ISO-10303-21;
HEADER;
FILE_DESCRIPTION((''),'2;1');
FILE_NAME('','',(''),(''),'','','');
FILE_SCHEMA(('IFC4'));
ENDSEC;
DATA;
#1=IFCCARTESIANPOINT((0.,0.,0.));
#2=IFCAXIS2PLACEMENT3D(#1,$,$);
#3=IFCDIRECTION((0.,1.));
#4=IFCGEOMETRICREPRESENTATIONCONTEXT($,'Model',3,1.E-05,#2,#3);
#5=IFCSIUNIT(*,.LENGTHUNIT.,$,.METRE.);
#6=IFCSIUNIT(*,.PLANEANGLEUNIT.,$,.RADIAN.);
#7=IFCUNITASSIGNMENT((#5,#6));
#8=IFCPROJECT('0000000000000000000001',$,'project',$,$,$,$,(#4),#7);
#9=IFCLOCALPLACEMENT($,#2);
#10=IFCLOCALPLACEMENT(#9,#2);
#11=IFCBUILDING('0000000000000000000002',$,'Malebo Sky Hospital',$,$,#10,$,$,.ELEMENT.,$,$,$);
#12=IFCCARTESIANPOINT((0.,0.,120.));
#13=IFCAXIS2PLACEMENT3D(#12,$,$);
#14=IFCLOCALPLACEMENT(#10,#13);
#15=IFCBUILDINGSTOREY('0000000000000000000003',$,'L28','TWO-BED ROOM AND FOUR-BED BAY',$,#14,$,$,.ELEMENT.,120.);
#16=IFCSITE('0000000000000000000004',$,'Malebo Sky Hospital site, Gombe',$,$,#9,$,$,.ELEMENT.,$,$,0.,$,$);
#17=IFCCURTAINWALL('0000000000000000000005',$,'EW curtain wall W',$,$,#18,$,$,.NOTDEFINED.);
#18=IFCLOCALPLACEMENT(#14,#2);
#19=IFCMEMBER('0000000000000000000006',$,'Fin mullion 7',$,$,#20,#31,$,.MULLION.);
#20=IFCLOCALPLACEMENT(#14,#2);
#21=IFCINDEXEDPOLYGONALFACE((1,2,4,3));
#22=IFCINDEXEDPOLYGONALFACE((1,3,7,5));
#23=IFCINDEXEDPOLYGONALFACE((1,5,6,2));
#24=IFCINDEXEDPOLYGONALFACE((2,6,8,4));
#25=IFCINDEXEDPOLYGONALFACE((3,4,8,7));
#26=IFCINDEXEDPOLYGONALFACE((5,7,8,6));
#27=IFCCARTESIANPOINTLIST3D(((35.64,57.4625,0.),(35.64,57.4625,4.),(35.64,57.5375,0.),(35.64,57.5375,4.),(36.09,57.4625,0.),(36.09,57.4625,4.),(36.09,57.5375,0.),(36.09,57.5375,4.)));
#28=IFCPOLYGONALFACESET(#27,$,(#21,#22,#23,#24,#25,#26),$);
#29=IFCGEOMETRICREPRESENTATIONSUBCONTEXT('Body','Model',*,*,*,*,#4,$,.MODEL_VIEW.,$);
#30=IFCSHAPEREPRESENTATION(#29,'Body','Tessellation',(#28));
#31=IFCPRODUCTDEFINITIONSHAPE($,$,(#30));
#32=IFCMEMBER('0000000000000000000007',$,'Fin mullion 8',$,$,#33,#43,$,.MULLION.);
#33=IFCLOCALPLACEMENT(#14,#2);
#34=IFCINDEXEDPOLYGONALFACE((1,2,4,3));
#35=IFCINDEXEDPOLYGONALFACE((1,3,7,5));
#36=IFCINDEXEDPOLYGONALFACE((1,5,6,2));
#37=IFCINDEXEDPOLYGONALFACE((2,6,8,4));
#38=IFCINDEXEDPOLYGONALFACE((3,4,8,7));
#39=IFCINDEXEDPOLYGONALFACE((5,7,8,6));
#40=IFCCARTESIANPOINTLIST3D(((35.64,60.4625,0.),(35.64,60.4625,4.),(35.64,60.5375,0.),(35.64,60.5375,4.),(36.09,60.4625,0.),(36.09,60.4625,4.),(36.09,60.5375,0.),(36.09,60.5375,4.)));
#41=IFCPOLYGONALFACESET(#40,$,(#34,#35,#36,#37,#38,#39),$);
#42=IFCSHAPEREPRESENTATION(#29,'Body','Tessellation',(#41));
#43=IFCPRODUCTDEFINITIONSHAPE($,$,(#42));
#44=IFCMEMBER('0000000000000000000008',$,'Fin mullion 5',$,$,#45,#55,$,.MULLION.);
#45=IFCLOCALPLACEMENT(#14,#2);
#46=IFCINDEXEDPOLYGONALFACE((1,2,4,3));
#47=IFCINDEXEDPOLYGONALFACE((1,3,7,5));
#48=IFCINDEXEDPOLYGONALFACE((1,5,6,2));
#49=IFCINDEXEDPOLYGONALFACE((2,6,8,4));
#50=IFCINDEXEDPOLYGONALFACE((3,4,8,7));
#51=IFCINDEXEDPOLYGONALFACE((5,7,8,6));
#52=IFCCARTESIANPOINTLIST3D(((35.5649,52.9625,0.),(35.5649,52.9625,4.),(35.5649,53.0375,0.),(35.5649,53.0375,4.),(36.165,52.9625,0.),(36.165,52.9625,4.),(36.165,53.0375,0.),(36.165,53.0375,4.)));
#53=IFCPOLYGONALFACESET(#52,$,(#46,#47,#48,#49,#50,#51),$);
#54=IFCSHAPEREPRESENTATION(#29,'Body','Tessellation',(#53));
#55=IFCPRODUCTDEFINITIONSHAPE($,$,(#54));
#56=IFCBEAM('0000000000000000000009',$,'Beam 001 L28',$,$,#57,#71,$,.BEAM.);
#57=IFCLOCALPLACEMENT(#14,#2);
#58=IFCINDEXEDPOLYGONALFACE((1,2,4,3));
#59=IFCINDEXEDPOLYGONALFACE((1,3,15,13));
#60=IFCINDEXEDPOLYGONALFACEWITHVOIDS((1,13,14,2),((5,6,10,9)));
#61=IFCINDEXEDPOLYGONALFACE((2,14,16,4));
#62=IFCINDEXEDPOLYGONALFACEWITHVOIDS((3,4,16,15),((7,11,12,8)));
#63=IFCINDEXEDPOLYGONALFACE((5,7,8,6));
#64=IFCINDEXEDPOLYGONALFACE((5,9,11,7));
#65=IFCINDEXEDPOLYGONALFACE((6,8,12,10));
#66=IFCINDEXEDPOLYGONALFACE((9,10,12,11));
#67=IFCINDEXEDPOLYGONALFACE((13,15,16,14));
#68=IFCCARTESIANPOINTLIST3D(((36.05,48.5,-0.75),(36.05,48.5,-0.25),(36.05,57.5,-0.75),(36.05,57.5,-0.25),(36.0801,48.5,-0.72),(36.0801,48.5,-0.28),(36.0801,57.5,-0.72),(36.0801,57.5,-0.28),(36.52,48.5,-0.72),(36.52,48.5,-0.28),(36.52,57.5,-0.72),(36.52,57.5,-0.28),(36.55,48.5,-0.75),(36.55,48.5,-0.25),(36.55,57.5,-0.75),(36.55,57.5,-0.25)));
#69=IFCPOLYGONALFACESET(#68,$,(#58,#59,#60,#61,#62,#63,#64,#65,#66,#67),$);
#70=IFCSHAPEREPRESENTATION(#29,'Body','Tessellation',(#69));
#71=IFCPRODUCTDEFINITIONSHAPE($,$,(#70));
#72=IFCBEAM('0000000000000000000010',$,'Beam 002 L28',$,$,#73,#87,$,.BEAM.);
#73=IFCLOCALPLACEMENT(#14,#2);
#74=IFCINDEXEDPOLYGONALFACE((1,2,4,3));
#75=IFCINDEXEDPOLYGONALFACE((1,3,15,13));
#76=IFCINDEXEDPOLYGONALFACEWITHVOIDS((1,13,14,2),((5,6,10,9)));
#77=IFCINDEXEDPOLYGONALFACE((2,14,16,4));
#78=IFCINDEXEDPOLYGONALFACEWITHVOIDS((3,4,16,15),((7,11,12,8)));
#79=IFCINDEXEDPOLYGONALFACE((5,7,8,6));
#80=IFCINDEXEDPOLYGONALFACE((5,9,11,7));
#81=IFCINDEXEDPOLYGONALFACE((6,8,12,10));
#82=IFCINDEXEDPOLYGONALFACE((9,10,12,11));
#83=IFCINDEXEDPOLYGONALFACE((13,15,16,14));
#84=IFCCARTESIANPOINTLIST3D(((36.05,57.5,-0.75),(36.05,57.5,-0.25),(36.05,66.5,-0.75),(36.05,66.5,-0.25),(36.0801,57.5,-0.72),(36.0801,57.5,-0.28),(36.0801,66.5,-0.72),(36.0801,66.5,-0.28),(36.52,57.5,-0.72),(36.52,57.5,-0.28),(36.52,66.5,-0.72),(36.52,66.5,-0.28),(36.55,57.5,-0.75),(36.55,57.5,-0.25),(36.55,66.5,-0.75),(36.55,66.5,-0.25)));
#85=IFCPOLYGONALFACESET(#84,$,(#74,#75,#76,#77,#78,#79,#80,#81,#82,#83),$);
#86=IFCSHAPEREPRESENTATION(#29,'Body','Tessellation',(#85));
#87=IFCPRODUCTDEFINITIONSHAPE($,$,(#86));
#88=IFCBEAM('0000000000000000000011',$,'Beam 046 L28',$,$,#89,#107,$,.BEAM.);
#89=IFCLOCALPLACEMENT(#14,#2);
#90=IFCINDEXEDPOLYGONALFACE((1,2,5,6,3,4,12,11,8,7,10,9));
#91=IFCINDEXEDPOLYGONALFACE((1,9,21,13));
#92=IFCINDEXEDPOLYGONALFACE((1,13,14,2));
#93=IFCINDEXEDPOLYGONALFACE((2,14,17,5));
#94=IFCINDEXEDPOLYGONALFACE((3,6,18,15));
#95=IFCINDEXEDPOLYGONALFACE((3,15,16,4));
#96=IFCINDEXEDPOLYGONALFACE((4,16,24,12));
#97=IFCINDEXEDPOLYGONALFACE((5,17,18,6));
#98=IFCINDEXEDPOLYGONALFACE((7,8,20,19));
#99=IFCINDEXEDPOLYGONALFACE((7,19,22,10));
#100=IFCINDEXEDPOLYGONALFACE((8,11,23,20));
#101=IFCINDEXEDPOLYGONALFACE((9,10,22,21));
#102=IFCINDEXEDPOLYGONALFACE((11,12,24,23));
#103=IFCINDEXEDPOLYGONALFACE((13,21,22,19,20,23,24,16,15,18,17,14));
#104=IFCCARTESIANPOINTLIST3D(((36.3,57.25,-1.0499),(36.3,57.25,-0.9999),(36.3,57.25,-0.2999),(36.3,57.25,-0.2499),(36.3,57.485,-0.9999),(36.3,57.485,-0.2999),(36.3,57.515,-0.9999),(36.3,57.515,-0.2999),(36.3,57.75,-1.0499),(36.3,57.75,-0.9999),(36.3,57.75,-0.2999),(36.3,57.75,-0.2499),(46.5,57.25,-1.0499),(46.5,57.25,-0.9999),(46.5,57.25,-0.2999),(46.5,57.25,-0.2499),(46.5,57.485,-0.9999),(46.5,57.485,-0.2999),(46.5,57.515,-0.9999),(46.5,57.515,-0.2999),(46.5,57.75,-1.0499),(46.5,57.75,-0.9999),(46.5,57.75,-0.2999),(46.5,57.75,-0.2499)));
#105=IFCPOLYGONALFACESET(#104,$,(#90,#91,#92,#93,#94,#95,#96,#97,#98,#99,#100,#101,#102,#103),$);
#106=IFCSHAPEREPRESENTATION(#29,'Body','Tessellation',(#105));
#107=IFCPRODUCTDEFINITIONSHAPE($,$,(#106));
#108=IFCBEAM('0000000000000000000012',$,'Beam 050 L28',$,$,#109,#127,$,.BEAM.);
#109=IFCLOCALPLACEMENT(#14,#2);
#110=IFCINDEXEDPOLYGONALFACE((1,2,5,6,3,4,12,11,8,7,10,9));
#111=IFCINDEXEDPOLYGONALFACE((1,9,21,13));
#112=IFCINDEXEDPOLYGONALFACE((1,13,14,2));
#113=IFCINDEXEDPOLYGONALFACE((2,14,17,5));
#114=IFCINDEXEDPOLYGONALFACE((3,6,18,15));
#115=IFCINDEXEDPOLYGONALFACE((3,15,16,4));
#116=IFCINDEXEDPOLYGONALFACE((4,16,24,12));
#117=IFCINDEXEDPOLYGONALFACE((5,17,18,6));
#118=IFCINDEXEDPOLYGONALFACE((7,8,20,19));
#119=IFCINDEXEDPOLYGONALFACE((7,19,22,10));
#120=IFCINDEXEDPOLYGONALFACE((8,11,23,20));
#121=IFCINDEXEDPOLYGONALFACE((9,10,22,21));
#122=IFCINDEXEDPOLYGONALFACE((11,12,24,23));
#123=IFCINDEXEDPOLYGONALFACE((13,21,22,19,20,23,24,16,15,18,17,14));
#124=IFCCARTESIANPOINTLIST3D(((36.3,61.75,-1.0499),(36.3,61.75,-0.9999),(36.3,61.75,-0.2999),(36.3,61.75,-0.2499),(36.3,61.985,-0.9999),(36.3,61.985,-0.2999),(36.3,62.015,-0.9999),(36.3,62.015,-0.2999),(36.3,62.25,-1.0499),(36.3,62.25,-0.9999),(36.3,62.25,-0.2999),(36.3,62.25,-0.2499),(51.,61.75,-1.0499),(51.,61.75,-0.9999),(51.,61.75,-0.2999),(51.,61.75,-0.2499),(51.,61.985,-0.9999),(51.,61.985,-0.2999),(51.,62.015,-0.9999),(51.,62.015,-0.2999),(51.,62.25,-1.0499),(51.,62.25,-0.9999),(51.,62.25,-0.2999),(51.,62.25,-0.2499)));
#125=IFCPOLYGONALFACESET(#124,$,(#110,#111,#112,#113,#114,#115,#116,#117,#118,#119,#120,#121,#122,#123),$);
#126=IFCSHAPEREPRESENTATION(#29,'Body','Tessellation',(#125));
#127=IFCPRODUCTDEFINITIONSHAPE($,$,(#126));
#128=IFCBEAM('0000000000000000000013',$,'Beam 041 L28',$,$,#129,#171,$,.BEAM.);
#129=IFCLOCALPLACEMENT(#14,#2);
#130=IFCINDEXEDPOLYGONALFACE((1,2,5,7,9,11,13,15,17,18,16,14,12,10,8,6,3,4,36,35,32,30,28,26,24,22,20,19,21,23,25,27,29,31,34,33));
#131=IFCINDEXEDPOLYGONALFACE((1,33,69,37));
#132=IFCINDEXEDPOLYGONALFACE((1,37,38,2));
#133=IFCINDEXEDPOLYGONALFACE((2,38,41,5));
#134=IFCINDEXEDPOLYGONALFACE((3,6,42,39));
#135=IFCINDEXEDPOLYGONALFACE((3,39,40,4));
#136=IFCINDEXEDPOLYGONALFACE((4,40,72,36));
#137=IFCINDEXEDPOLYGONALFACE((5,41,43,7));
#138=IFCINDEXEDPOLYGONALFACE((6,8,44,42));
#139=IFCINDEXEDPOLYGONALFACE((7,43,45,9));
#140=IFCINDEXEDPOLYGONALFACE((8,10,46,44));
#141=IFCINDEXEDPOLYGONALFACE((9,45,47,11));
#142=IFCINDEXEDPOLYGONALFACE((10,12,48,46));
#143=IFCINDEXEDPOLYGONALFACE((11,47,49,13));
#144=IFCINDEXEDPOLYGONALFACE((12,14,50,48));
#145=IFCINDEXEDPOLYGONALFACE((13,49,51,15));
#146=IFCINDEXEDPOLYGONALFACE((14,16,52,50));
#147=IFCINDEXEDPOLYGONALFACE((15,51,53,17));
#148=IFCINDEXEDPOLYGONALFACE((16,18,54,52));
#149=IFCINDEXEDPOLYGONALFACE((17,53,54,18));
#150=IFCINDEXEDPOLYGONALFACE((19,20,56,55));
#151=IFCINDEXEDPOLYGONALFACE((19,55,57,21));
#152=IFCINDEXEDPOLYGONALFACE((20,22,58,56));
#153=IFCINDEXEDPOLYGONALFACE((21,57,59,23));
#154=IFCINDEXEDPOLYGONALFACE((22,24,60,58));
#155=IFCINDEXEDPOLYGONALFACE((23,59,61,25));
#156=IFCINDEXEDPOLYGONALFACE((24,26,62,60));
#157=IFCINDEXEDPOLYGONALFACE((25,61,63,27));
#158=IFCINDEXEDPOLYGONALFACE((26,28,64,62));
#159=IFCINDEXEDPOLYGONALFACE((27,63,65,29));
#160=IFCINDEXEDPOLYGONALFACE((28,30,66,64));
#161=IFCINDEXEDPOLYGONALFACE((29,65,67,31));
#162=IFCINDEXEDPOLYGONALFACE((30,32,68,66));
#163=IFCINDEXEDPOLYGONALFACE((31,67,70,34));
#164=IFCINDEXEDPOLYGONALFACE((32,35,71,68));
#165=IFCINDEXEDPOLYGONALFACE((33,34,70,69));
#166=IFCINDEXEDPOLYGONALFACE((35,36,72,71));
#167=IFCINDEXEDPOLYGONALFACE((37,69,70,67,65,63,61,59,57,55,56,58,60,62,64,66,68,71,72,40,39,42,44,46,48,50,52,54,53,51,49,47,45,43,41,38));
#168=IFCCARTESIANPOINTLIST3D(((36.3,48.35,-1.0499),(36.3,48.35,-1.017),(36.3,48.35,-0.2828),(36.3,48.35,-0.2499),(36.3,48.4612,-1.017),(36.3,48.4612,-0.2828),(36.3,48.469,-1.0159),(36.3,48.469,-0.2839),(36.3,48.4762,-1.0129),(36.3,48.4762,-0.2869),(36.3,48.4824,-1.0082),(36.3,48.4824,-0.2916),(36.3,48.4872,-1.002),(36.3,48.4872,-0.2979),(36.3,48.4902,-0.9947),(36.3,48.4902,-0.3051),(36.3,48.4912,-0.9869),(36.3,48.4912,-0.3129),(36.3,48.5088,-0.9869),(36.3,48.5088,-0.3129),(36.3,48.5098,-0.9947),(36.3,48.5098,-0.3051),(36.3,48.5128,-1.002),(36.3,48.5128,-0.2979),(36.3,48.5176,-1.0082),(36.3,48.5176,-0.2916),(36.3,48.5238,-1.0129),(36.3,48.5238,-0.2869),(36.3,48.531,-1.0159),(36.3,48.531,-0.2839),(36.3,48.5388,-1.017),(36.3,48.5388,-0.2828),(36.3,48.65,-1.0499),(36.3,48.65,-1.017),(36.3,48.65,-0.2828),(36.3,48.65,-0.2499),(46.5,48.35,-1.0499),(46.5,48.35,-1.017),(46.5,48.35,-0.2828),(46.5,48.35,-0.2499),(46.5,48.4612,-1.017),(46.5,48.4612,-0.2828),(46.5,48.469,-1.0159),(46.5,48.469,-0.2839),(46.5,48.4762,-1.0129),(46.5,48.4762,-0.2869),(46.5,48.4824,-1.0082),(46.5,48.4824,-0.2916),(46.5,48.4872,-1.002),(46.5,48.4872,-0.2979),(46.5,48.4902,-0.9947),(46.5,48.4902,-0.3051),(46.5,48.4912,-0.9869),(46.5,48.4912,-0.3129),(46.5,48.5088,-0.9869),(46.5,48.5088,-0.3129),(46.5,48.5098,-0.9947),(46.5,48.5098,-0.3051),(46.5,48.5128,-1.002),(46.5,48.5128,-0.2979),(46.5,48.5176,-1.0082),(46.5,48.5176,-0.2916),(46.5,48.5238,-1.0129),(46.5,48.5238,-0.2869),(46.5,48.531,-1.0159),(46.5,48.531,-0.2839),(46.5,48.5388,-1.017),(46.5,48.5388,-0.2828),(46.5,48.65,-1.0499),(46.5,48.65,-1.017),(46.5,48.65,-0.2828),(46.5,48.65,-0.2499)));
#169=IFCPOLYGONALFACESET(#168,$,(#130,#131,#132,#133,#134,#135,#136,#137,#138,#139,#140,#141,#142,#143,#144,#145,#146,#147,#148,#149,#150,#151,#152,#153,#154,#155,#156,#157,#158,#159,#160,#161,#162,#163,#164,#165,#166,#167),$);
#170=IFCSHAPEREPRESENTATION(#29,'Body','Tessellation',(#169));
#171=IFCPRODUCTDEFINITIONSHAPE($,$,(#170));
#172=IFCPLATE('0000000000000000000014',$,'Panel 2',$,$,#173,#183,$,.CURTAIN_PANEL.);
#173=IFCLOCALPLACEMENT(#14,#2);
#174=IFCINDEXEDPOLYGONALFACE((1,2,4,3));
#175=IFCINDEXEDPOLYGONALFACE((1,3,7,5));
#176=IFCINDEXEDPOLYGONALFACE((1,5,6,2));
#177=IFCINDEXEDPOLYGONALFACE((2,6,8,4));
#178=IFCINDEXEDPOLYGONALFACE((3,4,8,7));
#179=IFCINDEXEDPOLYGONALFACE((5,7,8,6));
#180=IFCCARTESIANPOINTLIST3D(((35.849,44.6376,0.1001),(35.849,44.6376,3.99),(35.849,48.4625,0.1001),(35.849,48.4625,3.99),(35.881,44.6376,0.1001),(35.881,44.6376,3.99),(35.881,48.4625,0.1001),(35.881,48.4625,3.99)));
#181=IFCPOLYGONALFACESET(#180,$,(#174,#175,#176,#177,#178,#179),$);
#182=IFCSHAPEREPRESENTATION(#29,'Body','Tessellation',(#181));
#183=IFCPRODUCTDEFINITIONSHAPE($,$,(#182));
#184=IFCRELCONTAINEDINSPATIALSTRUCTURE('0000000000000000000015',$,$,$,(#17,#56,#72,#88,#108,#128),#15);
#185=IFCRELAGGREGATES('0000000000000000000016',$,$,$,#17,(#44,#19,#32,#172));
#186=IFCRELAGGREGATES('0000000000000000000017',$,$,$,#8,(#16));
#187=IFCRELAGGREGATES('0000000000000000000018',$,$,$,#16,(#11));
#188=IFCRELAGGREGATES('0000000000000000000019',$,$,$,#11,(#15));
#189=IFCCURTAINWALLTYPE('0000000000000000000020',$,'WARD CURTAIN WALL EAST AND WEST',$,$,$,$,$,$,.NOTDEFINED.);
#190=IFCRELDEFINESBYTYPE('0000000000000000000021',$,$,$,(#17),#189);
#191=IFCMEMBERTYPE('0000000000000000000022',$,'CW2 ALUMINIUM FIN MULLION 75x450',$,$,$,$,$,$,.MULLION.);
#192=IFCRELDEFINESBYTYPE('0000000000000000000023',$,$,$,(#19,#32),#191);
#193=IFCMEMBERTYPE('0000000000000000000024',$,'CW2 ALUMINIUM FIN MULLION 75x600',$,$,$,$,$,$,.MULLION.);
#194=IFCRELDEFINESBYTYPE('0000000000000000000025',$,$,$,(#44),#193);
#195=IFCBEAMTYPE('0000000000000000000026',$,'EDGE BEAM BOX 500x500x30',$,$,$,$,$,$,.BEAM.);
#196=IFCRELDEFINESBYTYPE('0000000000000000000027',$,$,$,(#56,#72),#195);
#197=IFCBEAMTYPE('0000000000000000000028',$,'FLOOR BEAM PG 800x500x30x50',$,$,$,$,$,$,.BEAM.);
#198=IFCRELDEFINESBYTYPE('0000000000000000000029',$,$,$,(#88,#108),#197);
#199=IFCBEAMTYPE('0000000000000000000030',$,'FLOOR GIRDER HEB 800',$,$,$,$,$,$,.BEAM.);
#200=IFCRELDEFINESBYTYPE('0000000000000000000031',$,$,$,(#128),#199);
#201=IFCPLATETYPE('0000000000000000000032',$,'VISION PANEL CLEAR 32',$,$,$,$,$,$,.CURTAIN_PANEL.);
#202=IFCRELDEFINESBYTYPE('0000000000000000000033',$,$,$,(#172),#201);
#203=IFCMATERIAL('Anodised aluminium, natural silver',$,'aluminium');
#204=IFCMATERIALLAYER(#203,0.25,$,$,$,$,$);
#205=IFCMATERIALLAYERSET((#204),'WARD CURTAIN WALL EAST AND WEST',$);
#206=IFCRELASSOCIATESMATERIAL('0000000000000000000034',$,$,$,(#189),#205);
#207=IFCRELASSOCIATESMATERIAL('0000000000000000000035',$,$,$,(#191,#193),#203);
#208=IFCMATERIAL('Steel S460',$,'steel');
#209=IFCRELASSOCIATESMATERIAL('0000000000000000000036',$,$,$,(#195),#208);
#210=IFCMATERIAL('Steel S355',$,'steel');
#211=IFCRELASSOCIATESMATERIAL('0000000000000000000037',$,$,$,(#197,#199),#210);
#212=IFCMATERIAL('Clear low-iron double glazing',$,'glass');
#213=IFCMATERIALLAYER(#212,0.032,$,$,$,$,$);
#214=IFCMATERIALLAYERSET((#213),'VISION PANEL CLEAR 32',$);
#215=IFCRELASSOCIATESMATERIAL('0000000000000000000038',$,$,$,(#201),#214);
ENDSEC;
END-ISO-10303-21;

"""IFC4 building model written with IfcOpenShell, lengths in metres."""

from ifc_helpers import new_model, si_unit, direction, frame, origin, origin_2d, place, context, subcontext, project, spatial, rectangle, hollow_rectangle, i_section, extrude, material, layer, layer_set, material_profile, profile_set, type_object, element, aggregate, save


model = new_model("IFC4")

# Units and contexts
model_context = context("Model", 3, precision=1e-05, world=origin(), true_north=direction((0.0, 1.0)))
body_context = subcontext(model_context, "Body", "Model", "MODEL_VIEW")
ifc_project = project(units=[si_unit("LENGTHUNIT", "METRE"), si_unit("PLANEANGLEUNIT", "RADIAN")], contexts=[model_context])

# Site, building, storey
site_placement = place(None, origin())
site = spatial("IfcSite", under=ifc_project, at=site_placement, Name="Malebo Sky Hospital site, Gombe", CompositionType="ELEMENT", RefElevation=0.0)
building_placement = place(site_placement, origin())
building = spatial("IfcBuilding", under=site, at=building_placement, Name="Malebo Sky Hospital", CompositionType="ELEMENT")
storey_placement = place(building_placement, frame((0.0, 0.0, 120.0)))
storey = spatial("IfcBuildingStorey", under=building, at=storey_placement, Name="L28", Description="TWO-BED ROOM AND FOUR-BED BAY", CompositionType="ELEMENT", Elevation=120.0)

# Shared definitions
ifc_material_1 = material(Name="Steel S460", Category="steel")

# Curtain wall
ifc_material_2 = material(Name="Anodised aluminium, natural silver", Category="aluminium")
ifc_layer_1 = layer(ifc_material_2, 0.25)
ifc_layer_set_1 = layer_set([ifc_layer_1], Name="WARD CURTAIN WALL EAST AND WEST")
curtain_wall_type = type_object("IfcCurtainWallType", Name="WARD CURTAIN WALL EAST AND WEST", PredefinedType="NOTDEFINED", material=ifc_layer_set_1)
curtain_wall_placement = place(storey_placement, origin())
curtain_wall = element("IfcCurtainWall", 1, at=curtain_wall_placement, inside=storey, type_object=curtain_wall_type, Name="EW curtain wall W", PredefinedType="NOTDEFINED")

# Members
ifc_material_3 = material(Name="Steel S355", Category="steel")
ifc_material_profile_1 = material_profile(ifc_material_2, rectangle(XDim=0.075, YDim=0.45, at=origin_2d()), Name="CW2 ALUMINIUM FIN MULLION 75x450")
ifc_profile_set_1 = profile_set([ifc_material_profile_1], Name="Anodised aluminium, natural silver")
member_type_1 = type_object("IfcMemberType", Name="CW2 ALUMINIUM FIN MULLION 75x450", PredefinedType="MULLION", material=ifc_profile_set_1)
member_1_placement = place(storey_placement, frame((35.865, 57.5, 0.0), z_axis=(0.0, 0.0, 1.0), x_axis=(0.0, 1.0, 0.0)))
member_1 = element("IfcMember", 2, at=member_1_placement, type_object=member_type_1, Name="Fin mullion 7", PredefinedType="MULLION", context=body_context, shape_type="SweptSolid", body=[
    extrude(rectangle(XDim=0.075, YDim=0.45, at=origin_2d()), origin(), (0.0, 0.0, 1.0), 4.0),
])
member_2_placement = place(storey_placement, frame((35.865, 60.5, 0.0), z_axis=(0.0, 0.0, 1.0), x_axis=(0.0, 1.0, 0.0)))
member_2 = element("IfcMember", 3, at=member_2_placement, type_object=member_type_1, Name="Fin mullion 8", PredefinedType="MULLION", context=body_context, shape_type="SweptSolid", body=[
    extrude(rectangle(XDim=0.075, YDim=0.45, at=origin_2d()), origin(), (0.0, 0.0, 1.0), 4.0),
])
ifc_material_profile_2 = material_profile(ifc_material_2, rectangle(XDim=0.075, YDim=0.6001, at=origin_2d()), Name="CW2 ALUMINIUM FIN MULLION 75x600")
ifc_profile_set_2 = profile_set([ifc_material_profile_2], Name="Anodised aluminium, natural silver")
member_type_2 = type_object("IfcMemberType", Name="CW2 ALUMINIUM FIN MULLION 75x600", PredefinedType="MULLION", material=ifc_profile_set_2)
member_3_placement = place(storey_placement, frame((35.865, 53.0, 0.0), z_axis=(0.0, 0.0, 1.0), x_axis=(0.0, 1.0, 0.0)))
member_3 = element("IfcMember", 4, at=member_3_placement, type_object=member_type_2, Name="Fin mullion 5", PredefinedType="MULLION", context=body_context, shape_type="SweptSolid", body=[
    extrude(rectangle(XDim=0.075, YDim=0.6001, at=origin_2d()), origin(), (0.0, 0.0, 1.0), 4.0),
])

# Beams
ifc_material_profile_3 = material_profile(ifc_material_1, hollow_rectangle(XDim=0.5, YDim=0.5, WallThickness=0.03, at=origin_2d()), Name="BOX 500x500x30")
ifc_profile_set_3 = profile_set([ifc_material_profile_3], Name="Steel S460")
beam_type_1 = type_object("IfcBeamType", Name="EDGE BEAM BOX 500x500x30", PredefinedType="BEAM", material=ifc_profile_set_3)
for number, where, z_axis, x_axis, name in (
    (5, (36.3, 48.5, -0.5), (0.0, 1.0, 0.0), (-1.0, 0.0, 0.0), "Beam 001 L28"),
    (6, (36.3, 57.5, -0.5), (0.0, 1.0, 0.0), (-1.0, 0.0, 0.0), "Beam 002 L28"),
):
    element("IfcBeam", number, at=place(storey_placement, frame(where, z_axis=z_axis, x_axis=x_axis)), inside=storey, type_object=beam_type_1, Name=name, PredefinedType="BEAM", context=body_context, shape_type="SweptSolid", body=[
        extrude(hollow_rectangle(XDim=0.5, YDim=0.5, WallThickness=0.03, at=origin_2d()), origin(), (0.0, 0.0, 1.0), 9.0),
    ])
ifc_material_profile_4 = material_profile(ifc_material_3, i_section(OverallWidth=0.5, OverallDepth=0.8, WebThickness=0.03, FlangeThickness=0.05, at=origin_2d()), Name="PG 800x500x30x50")
ifc_profile_set_4 = profile_set([ifc_material_profile_4], Name="Steel S355")
beam_type_2 = type_object("IfcBeamType", Name="FLOOR BEAM PG 800x500x30x50", PredefinedType="BEAM", material=ifc_profile_set_4)
beam_1_placement = place(storey_placement, frame((36.3, 57.5, -0.6499), z_axis=(1.0, 0.0, 0.0), x_axis=(0.0, 1.0, 0.0)))
element("IfcBeam", 7, at=beam_1_placement, inside=storey, type_object=beam_type_2, Name="Beam 046 L28", PredefinedType="BEAM", context=body_context, shape_type="SweptSolid", body=[
    extrude(i_section(OverallWidth=0.5, OverallDepth=0.8, WebThickness=0.03, FlangeThickness=0.05, at=origin_2d()), origin(), (0.0, 0.0, 1.0), 10.2),
])
beam_2_placement = place(storey_placement, frame((36.3, 62.0, -0.6499), z_axis=(1.0, 0.0, 0.0), x_axis=(0.0, 1.0, 0.0)))
element("IfcBeam", 8, at=beam_2_placement, inside=storey, type_object=beam_type_2, Name="Beam 050 L28", PredefinedType="BEAM", context=body_context, shape_type="SweptSolid", body=[
    extrude(i_section(OverallWidth=0.5, OverallDepth=0.8, WebThickness=0.03, FlangeThickness=0.05, at=origin_2d()), origin(), (0.0, 0.0, 1.0), 14.7),
])
ifc_material_profile_5 = material_profile(ifc_material_3, i_section(OverallWidth=0.3, OverallDepth=0.8, WebThickness=0.0176, FlangeThickness=0.033, FilletRadius=0.03, at=origin_2d()), Name="HEB 800")
ifc_profile_set_5 = profile_set([ifc_material_profile_5], Name="Steel S355")
beam_type_3 = type_object("IfcBeamType", Name="FLOOR GIRDER HEB 800", PredefinedType="BEAM", material=ifc_profile_set_5)
beam_3_placement = place(storey_placement, frame((36.3, 48.5, -0.6499), z_axis=(1.0, 0.0, 0.0), x_axis=(0.0, 1.0, 0.0)))
element("IfcBeam", 9, at=beam_3_placement, inside=storey, type_object=beam_type_3, Name="Beam 041 L28", PredefinedType="BEAM", context=body_context, shape_type="SweptSolid", body=[
    extrude(i_section(OverallWidth=0.3, OverallDepth=0.8, WebThickness=0.0176, FlangeThickness=0.033, FilletRadius=0.03, at=origin_2d()), origin(), (0.0, 0.0, 1.0), 10.2),
])

# Plate
ifc_material_4 = material(Name="Clear low-iron double glazing", Category="glass")
ifc_layer_2 = layer(ifc_material_4, 0.032)
ifc_layer_set_2 = layer_set([ifc_layer_2], Name="VISION PANEL CLEAR 32")
plate_type = type_object("IfcPlateType", Name="VISION PANEL CLEAR 32", PredefinedType="CURTAIN_PANEL", material=ifc_layer_set_2)
plate_1_placement = place(storey_placement, frame((35.865, 46.55, 0.1001), z_axis=(0.0, 0.0, 1.0), x_axis=(0.0, 1.0, 0.0)))
plate_1 = element("IfcPlate", 10, at=plate_1_placement, type_object=plate_type, Name="Panel 2", PredefinedType="CURTAIN_PANEL", context=body_context, shape_type="SweptSolid", body=[
    extrude(rectangle(XDim=3.825, YDim=0.032, at=origin_2d()), origin(), (0.0, 0.0, 1.0), 3.8899),
])
aggregate(curtain_wall, [member_3, member_1, member_2, plate_1])

save(model, "model.ifc")
